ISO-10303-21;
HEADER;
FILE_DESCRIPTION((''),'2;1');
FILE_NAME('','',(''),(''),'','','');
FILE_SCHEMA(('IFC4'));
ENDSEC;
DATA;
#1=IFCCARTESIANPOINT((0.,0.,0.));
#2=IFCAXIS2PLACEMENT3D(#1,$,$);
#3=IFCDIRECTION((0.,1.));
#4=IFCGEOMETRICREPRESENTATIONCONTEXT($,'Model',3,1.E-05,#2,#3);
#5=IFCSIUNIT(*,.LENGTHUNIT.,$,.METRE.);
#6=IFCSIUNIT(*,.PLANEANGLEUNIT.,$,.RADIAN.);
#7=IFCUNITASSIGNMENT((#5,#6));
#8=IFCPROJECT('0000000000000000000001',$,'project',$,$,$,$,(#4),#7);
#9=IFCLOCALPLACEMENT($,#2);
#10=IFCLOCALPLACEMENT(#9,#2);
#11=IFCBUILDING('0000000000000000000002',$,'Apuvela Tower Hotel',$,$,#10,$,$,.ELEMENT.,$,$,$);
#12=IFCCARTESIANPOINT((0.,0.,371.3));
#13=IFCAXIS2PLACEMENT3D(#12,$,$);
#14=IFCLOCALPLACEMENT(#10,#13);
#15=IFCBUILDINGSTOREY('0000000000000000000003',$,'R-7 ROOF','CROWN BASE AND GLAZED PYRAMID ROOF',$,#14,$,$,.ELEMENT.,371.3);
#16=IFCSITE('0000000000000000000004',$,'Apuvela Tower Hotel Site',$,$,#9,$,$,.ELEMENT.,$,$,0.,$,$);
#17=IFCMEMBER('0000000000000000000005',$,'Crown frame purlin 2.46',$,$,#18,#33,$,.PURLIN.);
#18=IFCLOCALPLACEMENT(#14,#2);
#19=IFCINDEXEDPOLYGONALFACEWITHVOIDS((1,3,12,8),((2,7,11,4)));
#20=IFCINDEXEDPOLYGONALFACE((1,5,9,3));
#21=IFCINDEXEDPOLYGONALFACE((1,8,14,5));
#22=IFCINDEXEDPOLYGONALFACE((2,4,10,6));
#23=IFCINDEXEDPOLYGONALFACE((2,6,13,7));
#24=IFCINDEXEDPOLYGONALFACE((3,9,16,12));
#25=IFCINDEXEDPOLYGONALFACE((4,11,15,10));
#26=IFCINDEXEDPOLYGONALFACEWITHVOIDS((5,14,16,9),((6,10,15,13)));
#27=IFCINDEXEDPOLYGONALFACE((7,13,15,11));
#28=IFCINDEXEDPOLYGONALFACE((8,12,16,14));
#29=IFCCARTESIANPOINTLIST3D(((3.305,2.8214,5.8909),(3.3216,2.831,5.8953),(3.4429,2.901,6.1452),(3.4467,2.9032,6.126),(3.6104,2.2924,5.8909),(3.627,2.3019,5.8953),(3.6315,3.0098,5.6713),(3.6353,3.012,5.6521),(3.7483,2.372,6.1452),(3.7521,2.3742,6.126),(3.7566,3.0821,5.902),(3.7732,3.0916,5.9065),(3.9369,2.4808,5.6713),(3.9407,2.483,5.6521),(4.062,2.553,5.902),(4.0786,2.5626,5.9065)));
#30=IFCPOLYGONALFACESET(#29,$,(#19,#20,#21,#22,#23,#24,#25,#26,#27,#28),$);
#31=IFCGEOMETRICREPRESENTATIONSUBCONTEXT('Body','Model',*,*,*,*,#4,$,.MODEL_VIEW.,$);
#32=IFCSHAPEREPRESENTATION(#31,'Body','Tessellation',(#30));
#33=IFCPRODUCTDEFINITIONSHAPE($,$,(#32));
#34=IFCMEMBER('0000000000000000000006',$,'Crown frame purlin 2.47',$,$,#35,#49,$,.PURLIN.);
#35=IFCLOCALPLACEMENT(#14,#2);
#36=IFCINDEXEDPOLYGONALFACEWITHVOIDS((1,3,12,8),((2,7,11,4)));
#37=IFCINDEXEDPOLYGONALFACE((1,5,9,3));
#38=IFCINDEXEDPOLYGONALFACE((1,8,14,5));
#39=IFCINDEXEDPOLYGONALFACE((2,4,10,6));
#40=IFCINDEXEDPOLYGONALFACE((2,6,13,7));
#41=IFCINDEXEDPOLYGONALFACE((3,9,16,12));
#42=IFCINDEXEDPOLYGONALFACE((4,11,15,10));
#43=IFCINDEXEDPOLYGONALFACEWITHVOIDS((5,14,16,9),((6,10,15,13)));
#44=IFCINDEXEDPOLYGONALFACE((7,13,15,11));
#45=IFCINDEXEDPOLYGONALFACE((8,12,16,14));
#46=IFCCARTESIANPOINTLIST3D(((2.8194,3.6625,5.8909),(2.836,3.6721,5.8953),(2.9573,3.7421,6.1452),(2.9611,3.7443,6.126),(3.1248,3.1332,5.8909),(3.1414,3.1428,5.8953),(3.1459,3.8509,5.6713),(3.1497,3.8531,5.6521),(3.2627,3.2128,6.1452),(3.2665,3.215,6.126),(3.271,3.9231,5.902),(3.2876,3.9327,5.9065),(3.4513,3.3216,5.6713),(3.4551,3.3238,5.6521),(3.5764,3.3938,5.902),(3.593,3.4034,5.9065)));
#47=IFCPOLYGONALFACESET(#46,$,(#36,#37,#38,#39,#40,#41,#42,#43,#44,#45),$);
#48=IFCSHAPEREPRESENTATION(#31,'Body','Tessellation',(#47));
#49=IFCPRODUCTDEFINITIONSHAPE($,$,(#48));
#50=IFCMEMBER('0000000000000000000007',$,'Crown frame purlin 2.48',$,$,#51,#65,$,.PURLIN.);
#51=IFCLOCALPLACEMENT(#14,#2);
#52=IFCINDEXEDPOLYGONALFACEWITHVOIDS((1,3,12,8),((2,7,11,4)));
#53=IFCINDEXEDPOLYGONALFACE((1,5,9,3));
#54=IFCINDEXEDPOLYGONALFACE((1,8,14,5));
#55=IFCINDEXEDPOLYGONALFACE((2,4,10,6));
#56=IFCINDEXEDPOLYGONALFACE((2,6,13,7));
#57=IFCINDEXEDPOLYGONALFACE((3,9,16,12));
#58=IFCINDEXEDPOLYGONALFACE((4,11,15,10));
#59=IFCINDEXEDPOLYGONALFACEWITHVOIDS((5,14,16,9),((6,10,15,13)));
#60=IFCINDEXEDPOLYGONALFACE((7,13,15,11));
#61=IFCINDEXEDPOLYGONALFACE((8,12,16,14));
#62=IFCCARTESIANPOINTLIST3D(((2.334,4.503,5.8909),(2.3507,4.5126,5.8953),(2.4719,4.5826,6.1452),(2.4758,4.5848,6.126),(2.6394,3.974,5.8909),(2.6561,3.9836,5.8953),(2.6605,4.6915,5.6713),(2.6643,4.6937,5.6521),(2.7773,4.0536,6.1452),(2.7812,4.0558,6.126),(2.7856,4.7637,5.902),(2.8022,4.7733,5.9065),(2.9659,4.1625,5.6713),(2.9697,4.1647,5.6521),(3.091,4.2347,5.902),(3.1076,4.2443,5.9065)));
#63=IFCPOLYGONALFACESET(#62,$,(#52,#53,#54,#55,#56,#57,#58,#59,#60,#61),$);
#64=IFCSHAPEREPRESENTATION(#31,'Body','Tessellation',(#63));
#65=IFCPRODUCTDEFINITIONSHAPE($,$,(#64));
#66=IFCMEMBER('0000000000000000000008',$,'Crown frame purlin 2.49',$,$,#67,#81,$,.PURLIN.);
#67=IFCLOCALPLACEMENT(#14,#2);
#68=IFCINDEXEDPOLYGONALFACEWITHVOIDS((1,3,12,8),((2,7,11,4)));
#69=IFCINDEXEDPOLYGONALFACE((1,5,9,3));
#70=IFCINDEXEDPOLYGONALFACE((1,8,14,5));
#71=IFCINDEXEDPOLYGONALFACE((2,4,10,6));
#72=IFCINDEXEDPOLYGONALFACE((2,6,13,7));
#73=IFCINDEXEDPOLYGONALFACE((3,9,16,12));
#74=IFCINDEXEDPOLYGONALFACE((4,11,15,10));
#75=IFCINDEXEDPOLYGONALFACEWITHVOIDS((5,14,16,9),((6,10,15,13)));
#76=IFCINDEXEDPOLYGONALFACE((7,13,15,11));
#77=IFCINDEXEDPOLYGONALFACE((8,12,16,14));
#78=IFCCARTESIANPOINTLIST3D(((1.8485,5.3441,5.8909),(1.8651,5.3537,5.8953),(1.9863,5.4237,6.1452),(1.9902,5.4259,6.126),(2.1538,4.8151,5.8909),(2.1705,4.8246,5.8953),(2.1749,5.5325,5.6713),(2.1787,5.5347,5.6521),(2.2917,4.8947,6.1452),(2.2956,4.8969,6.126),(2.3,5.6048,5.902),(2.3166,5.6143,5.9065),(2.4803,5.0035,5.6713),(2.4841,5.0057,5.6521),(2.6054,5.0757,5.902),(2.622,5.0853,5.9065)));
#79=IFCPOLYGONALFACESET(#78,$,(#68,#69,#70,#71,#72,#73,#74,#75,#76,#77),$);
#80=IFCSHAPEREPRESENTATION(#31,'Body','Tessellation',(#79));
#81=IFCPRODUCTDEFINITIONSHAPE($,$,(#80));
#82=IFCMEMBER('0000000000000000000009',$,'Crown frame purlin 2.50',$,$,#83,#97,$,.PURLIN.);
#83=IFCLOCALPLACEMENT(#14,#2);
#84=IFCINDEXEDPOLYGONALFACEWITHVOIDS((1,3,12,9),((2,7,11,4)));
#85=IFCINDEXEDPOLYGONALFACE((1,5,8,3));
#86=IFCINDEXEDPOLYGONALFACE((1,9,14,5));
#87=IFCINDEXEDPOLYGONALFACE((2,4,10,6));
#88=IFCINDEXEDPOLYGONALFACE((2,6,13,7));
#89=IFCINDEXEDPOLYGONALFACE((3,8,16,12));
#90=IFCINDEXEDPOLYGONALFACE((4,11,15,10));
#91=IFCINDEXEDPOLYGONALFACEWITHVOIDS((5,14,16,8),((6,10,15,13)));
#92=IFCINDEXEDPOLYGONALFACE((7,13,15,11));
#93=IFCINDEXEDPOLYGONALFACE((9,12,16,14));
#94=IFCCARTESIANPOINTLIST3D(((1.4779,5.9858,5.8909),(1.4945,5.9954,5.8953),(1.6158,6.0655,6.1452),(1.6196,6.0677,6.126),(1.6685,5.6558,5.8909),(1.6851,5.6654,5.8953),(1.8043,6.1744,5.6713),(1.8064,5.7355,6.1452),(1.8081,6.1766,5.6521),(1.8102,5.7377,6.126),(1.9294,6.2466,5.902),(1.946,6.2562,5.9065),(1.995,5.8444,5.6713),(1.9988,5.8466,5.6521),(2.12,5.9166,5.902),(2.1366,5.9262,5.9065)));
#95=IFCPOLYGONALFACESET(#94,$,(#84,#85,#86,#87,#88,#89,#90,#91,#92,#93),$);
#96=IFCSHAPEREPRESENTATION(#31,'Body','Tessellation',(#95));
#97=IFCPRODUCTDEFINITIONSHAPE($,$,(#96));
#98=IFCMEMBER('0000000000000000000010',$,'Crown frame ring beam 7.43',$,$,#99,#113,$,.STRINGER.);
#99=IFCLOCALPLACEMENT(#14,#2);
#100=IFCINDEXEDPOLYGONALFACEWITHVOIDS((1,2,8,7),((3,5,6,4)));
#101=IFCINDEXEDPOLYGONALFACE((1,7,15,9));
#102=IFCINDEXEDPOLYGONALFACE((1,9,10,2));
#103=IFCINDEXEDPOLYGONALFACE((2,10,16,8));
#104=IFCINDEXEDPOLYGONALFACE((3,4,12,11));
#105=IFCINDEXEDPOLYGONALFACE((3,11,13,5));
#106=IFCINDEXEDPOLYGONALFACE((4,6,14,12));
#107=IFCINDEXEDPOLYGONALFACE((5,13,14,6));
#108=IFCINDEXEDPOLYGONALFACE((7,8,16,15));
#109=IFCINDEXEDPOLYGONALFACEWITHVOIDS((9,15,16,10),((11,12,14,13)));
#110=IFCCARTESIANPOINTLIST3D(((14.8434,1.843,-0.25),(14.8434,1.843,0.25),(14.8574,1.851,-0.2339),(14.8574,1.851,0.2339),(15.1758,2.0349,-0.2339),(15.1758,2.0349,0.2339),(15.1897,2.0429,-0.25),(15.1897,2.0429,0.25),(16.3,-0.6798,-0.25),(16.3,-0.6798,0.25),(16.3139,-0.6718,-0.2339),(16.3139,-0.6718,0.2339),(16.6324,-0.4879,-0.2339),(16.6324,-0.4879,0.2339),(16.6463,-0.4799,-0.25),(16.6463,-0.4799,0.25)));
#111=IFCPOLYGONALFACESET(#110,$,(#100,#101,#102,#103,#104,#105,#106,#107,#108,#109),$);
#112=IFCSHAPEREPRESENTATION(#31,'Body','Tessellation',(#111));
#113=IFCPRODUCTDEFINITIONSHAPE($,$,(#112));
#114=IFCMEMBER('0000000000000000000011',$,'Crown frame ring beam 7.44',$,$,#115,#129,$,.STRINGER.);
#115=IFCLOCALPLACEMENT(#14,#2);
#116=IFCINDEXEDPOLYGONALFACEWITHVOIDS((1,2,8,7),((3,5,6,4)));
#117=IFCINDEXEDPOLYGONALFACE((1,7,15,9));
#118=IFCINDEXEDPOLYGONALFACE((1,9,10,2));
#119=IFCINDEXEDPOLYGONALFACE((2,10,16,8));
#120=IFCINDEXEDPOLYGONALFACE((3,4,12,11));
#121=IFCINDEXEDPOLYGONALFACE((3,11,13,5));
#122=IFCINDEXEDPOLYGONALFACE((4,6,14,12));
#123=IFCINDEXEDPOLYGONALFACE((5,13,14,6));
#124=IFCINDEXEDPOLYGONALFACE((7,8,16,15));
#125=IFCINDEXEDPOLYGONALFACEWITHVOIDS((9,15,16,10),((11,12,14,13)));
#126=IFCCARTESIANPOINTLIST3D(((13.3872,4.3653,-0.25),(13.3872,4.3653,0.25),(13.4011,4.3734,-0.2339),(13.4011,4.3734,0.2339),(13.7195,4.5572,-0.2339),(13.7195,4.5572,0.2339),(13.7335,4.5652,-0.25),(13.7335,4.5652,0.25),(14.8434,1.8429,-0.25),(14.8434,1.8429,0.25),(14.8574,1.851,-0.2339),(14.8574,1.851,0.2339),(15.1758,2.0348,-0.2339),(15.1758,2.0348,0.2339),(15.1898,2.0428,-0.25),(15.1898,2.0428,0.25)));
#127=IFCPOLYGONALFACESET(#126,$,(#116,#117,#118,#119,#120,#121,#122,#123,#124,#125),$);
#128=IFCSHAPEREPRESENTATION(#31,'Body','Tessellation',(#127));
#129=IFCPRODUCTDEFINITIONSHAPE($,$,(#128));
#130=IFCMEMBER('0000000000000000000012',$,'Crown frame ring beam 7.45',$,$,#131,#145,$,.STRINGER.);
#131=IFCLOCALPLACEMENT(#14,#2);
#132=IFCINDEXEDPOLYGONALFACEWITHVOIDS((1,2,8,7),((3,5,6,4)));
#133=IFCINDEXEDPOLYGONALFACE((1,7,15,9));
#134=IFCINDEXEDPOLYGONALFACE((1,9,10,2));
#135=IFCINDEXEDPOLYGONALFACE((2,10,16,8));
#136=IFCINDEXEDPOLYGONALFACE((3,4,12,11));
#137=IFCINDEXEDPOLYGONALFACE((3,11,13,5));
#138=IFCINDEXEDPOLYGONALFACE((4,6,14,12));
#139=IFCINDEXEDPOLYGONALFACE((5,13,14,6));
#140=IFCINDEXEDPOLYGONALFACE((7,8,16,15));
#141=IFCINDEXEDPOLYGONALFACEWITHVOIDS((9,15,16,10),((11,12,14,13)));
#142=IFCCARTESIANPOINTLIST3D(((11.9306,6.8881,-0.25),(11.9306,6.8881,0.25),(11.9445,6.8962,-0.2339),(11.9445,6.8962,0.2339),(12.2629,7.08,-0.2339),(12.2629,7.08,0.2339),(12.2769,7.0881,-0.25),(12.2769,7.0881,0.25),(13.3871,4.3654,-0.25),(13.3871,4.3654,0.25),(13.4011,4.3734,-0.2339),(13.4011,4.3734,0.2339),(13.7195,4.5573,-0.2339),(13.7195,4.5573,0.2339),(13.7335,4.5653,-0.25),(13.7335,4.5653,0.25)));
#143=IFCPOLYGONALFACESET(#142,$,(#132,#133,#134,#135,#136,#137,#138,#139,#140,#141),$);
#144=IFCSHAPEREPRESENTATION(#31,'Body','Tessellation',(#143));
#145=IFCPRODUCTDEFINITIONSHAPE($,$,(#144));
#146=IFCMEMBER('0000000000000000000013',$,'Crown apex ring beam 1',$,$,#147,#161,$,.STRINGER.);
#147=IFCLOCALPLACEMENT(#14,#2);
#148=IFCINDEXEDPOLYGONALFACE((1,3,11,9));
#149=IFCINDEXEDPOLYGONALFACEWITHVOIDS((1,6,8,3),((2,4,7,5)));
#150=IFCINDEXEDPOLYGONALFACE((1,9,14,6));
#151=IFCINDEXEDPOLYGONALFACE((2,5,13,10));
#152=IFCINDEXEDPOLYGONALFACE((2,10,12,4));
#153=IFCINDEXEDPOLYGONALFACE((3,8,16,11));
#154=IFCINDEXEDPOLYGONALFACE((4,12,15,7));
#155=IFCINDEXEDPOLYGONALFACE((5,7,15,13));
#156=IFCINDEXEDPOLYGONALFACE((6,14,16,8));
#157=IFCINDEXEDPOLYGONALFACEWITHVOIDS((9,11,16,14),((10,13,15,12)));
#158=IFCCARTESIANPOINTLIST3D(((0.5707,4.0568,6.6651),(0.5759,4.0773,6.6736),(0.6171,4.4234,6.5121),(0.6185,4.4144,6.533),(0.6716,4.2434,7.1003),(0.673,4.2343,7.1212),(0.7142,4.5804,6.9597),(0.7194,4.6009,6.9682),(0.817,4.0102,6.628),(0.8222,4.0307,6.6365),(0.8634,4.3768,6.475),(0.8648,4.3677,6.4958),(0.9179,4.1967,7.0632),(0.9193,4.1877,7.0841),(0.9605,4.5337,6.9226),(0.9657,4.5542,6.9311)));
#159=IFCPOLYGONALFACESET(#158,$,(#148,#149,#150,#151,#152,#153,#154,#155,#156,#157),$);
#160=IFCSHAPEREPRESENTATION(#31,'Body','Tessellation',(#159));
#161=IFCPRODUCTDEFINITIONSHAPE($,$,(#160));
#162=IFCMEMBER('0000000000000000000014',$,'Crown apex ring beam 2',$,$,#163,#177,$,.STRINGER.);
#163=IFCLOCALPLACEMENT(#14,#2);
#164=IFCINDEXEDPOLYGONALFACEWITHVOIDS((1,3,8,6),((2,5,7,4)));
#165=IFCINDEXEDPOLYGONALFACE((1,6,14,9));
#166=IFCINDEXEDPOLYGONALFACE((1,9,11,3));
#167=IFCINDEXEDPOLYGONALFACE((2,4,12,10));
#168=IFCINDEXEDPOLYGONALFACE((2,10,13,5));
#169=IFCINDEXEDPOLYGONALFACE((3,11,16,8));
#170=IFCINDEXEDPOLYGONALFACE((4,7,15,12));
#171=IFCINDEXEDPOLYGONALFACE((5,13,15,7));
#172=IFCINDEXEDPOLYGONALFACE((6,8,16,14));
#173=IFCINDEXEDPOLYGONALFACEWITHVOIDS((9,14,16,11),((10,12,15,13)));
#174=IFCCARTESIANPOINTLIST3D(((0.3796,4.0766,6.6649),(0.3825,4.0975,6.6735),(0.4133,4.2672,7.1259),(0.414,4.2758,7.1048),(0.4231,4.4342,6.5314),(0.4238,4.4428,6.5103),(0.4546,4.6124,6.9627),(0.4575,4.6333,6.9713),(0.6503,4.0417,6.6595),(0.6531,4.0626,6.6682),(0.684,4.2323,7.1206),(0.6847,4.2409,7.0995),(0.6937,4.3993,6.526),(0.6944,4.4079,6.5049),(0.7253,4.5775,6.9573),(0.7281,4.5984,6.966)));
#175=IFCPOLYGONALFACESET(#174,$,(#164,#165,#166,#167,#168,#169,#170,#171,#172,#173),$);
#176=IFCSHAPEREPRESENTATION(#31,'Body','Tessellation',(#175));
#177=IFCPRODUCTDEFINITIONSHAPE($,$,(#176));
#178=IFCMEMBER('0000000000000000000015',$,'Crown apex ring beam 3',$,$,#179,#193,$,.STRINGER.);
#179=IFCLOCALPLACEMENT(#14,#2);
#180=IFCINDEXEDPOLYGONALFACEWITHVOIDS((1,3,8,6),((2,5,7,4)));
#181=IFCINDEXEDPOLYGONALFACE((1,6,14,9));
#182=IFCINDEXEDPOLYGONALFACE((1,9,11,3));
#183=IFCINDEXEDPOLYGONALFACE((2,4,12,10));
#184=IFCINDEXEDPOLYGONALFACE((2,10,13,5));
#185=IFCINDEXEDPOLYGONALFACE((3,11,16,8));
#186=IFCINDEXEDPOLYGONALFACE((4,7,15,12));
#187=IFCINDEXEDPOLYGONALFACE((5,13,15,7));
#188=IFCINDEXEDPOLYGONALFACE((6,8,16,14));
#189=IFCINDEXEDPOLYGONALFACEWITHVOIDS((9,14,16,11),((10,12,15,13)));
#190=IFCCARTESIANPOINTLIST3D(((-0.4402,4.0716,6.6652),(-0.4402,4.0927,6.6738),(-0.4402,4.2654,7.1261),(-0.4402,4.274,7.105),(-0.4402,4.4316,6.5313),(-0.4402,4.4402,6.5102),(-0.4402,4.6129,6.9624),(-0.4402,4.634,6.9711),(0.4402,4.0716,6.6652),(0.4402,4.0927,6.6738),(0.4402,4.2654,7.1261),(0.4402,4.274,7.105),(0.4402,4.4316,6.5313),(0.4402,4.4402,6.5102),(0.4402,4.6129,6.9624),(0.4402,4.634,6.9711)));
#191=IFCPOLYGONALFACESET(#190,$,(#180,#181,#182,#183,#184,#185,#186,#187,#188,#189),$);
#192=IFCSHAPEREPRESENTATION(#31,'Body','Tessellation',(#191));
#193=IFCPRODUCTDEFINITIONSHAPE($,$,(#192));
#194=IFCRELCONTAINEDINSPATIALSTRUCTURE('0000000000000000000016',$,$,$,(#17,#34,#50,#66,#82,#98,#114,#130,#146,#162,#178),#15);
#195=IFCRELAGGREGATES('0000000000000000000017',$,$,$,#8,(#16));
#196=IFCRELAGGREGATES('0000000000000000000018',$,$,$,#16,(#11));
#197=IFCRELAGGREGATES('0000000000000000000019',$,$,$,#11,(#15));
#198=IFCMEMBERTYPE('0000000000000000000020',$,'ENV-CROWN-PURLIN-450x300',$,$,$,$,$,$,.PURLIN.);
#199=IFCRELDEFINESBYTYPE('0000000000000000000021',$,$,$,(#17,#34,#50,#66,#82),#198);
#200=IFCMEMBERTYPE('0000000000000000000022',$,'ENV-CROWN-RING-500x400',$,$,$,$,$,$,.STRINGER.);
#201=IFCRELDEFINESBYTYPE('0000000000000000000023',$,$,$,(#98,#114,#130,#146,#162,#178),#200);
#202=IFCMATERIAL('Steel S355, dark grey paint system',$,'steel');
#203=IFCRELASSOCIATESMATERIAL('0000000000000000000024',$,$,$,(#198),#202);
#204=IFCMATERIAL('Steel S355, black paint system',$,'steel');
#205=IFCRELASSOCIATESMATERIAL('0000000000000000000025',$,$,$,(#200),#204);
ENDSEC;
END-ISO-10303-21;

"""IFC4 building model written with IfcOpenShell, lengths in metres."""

from ifc_helpers import new_model, si_unit, direction, frame, origin, origin_2d, place, context, subcontext, project, spatial, hollow_rectangle, extrude, material, material_profile, profile_set, type_object, element, save


model = new_model("IFC4")

# Units and contexts
model_context = context("Model", 3, precision=1e-05, world=origin(), true_north=direction((0.0, 1.0)))
body_context = subcontext(model_context, "Body", "Model", "MODEL_VIEW")
ifc_project = project(units=[si_unit("LENGTHUNIT", "METRE"), si_unit("PLANEANGLEUNIT", "RADIAN")], contexts=[model_context])

# Site, building, storey
site_placement = place(None, origin())
site = spatial("IfcSite", under=ifc_project, at=site_placement, Name="Apuvela Tower Hotel Site", CompositionType="ELEMENT", RefElevation=0.0)
building_placement = place(site_placement, origin())
building = spatial("IfcBuilding", under=site, at=building_placement, Name="Apuvela Tower Hotel", CompositionType="ELEMENT")
storey_placement = place(building_placement, frame((0.0, 0.0, 371.3)))
storey = spatial("IfcBuildingStorey", under=building, at=storey_placement, Name="R-7 ROOF", Description="CROWN BASE AND GLAZED PYRAMID ROOF", CompositionType="ELEMENT", Elevation=371.3)

# Members
ifc_material_1 = material(Name="Steel S355, dark grey paint system", Category="steel")
ifc_material_profile_1 = material_profile(ifc_material_1, hollow_rectangle(XDim=0.45, YDim=0.3, WallThickness=0.0139, at=origin_2d()), Name="HSS 450x300x14")
ifc_profile_set_1 = profile_set([ifc_material_profile_1], Name="Steel S355, dark grey paint system")
member_type_1 = type_object("IfcMemberType", Name="ENV-CROWN-PURLIN-450x300", PredefinedType="PURLIN", material=ifc_profile_set_1)
member_1_placement = place(storey_placement, frame((3.8445, 2.4275, 5.8987), z_axis=(-0.499965, 0.866046, 0.0), x_axis=(-0.734054, -0.423766, 0.530647)))
element("IfcMember", 1, at=member_1_placement, inside=storey, type_object=member_type_1, Name="Crown frame purlin 2.46", PredefinedType="PURLIN", context=body_context, shape_type="SweptSolid", body=[
    extrude(hollow_rectangle(XDim=0.45, YDim=0.3, WallThickness=0.0139, at=origin_2d()), origin(), (0.0, 0.0, 1.0), 0.6108),
])
member_2_placement = place(storey_placement, frame((3.3589, 3.2683, 5.8987), z_axis=(-0.499792, 0.866146, 0.0), x_axis=(-0.734139, -0.42362, 0.530647)))
element("IfcMember", 2, at=member_2_placement, inside=storey, type_object=member_type_1, Name="Crown frame purlin 2.47", PredefinedType="PURLIN", context=body_context, shape_type="SweptSolid", body=[
    extrude(hollow_rectangle(XDim=0.45, YDim=0.3, WallThickness=0.0139, at=origin_2d()), origin(), (0.0, 0.0, 1.0), 0.6111),
])
for number, where, z_axis, x_axis, name in (
    (3, (2.8735, 4.1091, 5.8987), (-0.499965, 0.866046, 0.0), (-0.734054, -0.423766, 0.530647), "Crown frame purlin 2.48"),
    (4, (2.3879, 4.9502, 5.8987), (-0.499965, 0.866046, 0.0), (-0.734054, -0.423766, 0.530647), "Crown frame purlin 2.49"),
):
    element("IfcMember", number, at=place(storey_placement, frame(where, z_axis=z_axis, x_axis=x_axis)), inside=storey, type_object=member_type_1, Name=name, PredefinedType="PURLIN", context=body_context, shape_type="SweptSolid", body=[
        extrude(hollow_rectangle(XDim=0.45, YDim=0.3, WallThickness=0.0139, at=origin_2d()), origin(), (0.0, 0.0, 1.0), 0.6108),
    ])
member_3_placement = place(storey_placement, frame((1.9026, 5.791, 5.8987), z_axis=(-0.500203, 0.865908, 0.0), x_axis=(-0.733938, -0.423968, 0.530647)))
element("IfcMember", 5, at=member_3_placement, inside=storey, type_object=member_type_1, Name="Crown frame purlin 2.50", PredefinedType="PURLIN", context=body_context, shape_type="SweptSolid", body=[
    extrude(hollow_rectangle(XDim=0.45, YDim=0.3, WallThickness=0.0139, at=origin_2d()), origin(), (0.0, 0.0, 1.0), 0.3811),
])
ifc_material_2 = material(Name="Steel S355, black paint system", Category="steel")
ifc_material_profile_2 = material_profile(ifc_material_2, hollow_rectangle(XDim=0.3999, YDim=0.5, WallThickness=0.0161, at=origin_2d()), Name="HSS 500x400x16")
ifc_profile_set_2 = profile_set([ifc_material_profile_2], Name="Steel S355, black paint system")
member_type_2 = type_object("IfcMemberType", Name="ENV-CROWN-RING-500x400", PredefinedType="STRINGER", material=ifc_profile_set_2)
member_4_placement = place(storey_placement, frame((16.4731, -0.5798, 0.0), z_axis=(-0.500015, 0.866017, 0.0), x_axis=(-0.866017, -0.500015, 0.0)))
element("IfcMember", 6, at=member_4_placement, inside=storey, type_object=member_type_2, Name="Crown frame ring beam 7.43", PredefinedType="STRINGER", context=body_context, shape_type="SweptSolid", body=[
    extrude(hollow_rectangle(XDim=0.3999, YDim=0.5, WallThickness=0.0161, at=origin_2d()), origin(), (0.0, 0.0, 1.0), 2.9131),
])
member_5_placement = place(storey_placement, frame((15.0166, 1.9429, 0.0), z_axis=(-0.499988, 0.866032, 0.0), x_axis=(-0.866032, -0.499988, 0.0)))
element("IfcMember", 7, at=member_5_placement, inside=storey, type_object=member_type_2, Name="Crown frame ring beam 7.44", PredefinedType="STRINGER", context=body_context, shape_type="SweptSolid", body=[
    extrude(hollow_rectangle(XDim=0.3999, YDim=0.5, WallThickness=0.0161, at=origin_2d()), origin(), (0.0, 0.0, 1.0), 2.9126),
])
member_6_placement = place(storey_placement, frame((13.5603, 4.4653, 0.0), z_axis=(-0.500015, 0.866017, 0.0), x_axis=(-0.866017, -0.500015, 0.0)))
element("IfcMember", 8, at=member_6_placement, inside=storey, type_object=member_type_2, Name="Crown frame ring beam 7.45", PredefinedType="STRINGER", context=body_context, shape_type="SweptSolid", body=[
    extrude(hollow_rectangle(XDim=0.3999, YDim=0.5, WallThickness=0.0161, at=origin_2d()), origin(), (0.0, 0.0, 1.0), 2.9131),
])
member_7_placement = place(storey_placement, frame((0.8914, 4.2822, 6.7795), z_axis=(-0.971962, 0.183989, 0.14642), x_axis=(-0.115877, -0.91662, 0.382597)))
element("IfcMember", 9, at=member_7_placement, inside=storey, type_object=member_type_2, Name="Crown apex ring beam 1", PredefinedType="STRINGER", context=body_context, shape_type="SweptSolid", body=[
    extrude(hollow_rectangle(XDim=0.3999, YDim=0.5, WallThickness=0.0161, at=origin_2d()), origin(), (0.0, 0.0, 1.0), 0.2534),
])
member_8_placement = place(storey_placement, frame((0.6892, 4.3201, 6.8127), z_axis=(-0.991597, 0.127861, 0.019671), x_axis=(-0.110398, -0.915636, 0.386552)))
element("IfcMember", 10, at=member_8_placement, inside=storey, type_object=member_type_2, Name="Crown apex ring beam 2", PredefinedType="STRINGER", context=body_context, shape_type="SweptSolid", body=[
    extrude(hollow_rectangle(XDim=0.3999, YDim=0.5, WallThickness=0.0161, at=origin_2d()), origin(), (0.0, 0.0, 1.0), 0.2729),
])
member_9_placement = place(storey_placement, frame((0.4402, 4.3528, 6.8181), z_axis=(-1.0, 0.0, 0.0), x_axis=(0.0, -0.921803, 0.387659)))
element("IfcMember", 11, at=member_9_placement, inside=storey, type_object=member_type_2, Name="Crown apex ring beam 3", PredefinedType="STRINGER", context=body_context, shape_type="SweptSolid", body=[
    extrude(hollow_rectangle(XDim=0.3999, YDim=0.5, WallThickness=0.0161, at=origin_2d()), origin(), (0.0, 0.0, 1.0), 0.8804),
])

save(model, "model.ifc")
